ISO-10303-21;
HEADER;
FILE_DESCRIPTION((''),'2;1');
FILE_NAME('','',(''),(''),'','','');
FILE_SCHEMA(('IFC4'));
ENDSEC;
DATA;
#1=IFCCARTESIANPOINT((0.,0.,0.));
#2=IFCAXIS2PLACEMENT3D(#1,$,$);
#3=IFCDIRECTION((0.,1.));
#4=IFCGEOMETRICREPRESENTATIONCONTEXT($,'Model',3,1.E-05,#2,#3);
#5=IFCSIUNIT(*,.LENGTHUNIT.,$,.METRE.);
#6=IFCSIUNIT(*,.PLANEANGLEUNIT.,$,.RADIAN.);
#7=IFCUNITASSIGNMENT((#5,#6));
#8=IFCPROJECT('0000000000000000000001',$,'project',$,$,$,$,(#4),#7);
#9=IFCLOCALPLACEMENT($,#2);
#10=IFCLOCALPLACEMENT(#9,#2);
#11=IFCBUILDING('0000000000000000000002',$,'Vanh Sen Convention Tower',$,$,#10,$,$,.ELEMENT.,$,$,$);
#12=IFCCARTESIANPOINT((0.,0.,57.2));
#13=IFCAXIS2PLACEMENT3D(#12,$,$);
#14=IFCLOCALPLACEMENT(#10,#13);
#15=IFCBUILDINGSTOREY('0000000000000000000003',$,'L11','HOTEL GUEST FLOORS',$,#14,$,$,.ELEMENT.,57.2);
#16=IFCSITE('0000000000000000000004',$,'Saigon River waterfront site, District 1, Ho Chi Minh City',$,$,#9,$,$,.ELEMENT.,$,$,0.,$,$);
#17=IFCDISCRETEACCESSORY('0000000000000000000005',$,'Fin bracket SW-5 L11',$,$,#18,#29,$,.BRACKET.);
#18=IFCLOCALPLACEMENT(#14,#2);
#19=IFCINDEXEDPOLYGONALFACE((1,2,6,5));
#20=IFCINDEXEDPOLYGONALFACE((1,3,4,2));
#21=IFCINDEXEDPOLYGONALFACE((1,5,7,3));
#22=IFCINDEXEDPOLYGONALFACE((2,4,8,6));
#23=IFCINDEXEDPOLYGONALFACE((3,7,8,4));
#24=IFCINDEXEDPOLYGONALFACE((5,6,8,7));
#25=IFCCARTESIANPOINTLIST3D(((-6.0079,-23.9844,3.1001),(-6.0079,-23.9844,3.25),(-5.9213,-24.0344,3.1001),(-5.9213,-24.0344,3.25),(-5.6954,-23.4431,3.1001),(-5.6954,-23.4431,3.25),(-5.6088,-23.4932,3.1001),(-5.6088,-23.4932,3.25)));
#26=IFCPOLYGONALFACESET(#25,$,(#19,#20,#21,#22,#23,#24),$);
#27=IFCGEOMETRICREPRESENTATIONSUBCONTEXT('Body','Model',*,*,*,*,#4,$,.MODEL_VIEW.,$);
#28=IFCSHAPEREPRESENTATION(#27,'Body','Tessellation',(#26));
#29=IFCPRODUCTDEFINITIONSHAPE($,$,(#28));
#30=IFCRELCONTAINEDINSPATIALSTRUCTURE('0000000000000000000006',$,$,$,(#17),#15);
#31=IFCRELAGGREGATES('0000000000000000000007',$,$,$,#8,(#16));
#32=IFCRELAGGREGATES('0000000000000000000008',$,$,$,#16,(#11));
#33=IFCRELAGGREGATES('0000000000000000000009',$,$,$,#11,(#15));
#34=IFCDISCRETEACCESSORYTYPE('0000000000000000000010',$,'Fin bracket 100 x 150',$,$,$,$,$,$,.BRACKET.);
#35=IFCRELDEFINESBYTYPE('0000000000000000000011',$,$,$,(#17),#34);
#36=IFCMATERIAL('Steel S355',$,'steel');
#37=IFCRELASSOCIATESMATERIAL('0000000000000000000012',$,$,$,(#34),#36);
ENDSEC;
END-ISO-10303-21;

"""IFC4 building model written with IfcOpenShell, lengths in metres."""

from ifc_helpers import new_model, si_unit, direction, frame, origin, origin_2d, place, context, subcontext, project, spatial, rectangle, extrude, material, type_object, element, save


model = new_model("IFC4")

# Units and contexts
model_context = context("Model", 3, precision=1e-05, world=origin(), true_north=direction((0.0, 1.0)))
body_context = subcontext(model_context, "Body", "Model", "MODEL_VIEW")
ifc_project = project(units=[si_unit("LENGTHUNIT", "METRE"), si_unit("PLANEANGLEUNIT", "RADIAN")], contexts=[model_context])

# Site, building, storey
site_placement = place(None, origin())
site = spatial("IfcSite", under=ifc_project, at=site_placement, Name="Saigon River waterfront site, District 1, Ho Chi Minh City", CompositionType="ELEMENT", RefElevation=0.0)
building_placement = place(site_placement, origin())
building = spatial("IfcBuilding", under=site, at=building_placement, Name="Vanh Sen Convention Tower", CompositionType="ELEMENT")
storey_placement = place(building_placement, frame((0.0, 0.0, 57.2)))
storey = spatial("IfcBuildingStorey", under=building, at=storey_placement, Name="L11", Description="HOTEL GUEST FLOORS", CompositionType="ELEMENT", Elevation=57.2)

# Discrete accessory
ifc_material_1 = material(Name="Steel S355", Category="steel")
discrete_accessory_type = type_object("IfcDiscreteAccessoryType", Name="Fin bracket 100 x 150", PredefinedType="BRACKET", material=ifc_material_1)
discrete_accessory_placement = place(storey_placement, frame((-5.8083, -23.7388, 3.1001), z_axis=(0.0, 0.0, 1.0), x_axis=(-0.5, -0.866025, 0.0)))
element("IfcDiscreteAccessory", 1, at=discrete_accessory_placement, inside=storey, type_object=discrete_accessory_type, Name="Fin bracket SW-5 L11", PredefinedType="BRACKET", context=body_context, shape_type="SweptSolid", body=[
    extrude(rectangle(XDim=0.625, YDim=0.1001, at=origin_2d()), origin(), (0.0, 0.0, 1.0), 0.1499),
])

save(model, "model.ifc")
